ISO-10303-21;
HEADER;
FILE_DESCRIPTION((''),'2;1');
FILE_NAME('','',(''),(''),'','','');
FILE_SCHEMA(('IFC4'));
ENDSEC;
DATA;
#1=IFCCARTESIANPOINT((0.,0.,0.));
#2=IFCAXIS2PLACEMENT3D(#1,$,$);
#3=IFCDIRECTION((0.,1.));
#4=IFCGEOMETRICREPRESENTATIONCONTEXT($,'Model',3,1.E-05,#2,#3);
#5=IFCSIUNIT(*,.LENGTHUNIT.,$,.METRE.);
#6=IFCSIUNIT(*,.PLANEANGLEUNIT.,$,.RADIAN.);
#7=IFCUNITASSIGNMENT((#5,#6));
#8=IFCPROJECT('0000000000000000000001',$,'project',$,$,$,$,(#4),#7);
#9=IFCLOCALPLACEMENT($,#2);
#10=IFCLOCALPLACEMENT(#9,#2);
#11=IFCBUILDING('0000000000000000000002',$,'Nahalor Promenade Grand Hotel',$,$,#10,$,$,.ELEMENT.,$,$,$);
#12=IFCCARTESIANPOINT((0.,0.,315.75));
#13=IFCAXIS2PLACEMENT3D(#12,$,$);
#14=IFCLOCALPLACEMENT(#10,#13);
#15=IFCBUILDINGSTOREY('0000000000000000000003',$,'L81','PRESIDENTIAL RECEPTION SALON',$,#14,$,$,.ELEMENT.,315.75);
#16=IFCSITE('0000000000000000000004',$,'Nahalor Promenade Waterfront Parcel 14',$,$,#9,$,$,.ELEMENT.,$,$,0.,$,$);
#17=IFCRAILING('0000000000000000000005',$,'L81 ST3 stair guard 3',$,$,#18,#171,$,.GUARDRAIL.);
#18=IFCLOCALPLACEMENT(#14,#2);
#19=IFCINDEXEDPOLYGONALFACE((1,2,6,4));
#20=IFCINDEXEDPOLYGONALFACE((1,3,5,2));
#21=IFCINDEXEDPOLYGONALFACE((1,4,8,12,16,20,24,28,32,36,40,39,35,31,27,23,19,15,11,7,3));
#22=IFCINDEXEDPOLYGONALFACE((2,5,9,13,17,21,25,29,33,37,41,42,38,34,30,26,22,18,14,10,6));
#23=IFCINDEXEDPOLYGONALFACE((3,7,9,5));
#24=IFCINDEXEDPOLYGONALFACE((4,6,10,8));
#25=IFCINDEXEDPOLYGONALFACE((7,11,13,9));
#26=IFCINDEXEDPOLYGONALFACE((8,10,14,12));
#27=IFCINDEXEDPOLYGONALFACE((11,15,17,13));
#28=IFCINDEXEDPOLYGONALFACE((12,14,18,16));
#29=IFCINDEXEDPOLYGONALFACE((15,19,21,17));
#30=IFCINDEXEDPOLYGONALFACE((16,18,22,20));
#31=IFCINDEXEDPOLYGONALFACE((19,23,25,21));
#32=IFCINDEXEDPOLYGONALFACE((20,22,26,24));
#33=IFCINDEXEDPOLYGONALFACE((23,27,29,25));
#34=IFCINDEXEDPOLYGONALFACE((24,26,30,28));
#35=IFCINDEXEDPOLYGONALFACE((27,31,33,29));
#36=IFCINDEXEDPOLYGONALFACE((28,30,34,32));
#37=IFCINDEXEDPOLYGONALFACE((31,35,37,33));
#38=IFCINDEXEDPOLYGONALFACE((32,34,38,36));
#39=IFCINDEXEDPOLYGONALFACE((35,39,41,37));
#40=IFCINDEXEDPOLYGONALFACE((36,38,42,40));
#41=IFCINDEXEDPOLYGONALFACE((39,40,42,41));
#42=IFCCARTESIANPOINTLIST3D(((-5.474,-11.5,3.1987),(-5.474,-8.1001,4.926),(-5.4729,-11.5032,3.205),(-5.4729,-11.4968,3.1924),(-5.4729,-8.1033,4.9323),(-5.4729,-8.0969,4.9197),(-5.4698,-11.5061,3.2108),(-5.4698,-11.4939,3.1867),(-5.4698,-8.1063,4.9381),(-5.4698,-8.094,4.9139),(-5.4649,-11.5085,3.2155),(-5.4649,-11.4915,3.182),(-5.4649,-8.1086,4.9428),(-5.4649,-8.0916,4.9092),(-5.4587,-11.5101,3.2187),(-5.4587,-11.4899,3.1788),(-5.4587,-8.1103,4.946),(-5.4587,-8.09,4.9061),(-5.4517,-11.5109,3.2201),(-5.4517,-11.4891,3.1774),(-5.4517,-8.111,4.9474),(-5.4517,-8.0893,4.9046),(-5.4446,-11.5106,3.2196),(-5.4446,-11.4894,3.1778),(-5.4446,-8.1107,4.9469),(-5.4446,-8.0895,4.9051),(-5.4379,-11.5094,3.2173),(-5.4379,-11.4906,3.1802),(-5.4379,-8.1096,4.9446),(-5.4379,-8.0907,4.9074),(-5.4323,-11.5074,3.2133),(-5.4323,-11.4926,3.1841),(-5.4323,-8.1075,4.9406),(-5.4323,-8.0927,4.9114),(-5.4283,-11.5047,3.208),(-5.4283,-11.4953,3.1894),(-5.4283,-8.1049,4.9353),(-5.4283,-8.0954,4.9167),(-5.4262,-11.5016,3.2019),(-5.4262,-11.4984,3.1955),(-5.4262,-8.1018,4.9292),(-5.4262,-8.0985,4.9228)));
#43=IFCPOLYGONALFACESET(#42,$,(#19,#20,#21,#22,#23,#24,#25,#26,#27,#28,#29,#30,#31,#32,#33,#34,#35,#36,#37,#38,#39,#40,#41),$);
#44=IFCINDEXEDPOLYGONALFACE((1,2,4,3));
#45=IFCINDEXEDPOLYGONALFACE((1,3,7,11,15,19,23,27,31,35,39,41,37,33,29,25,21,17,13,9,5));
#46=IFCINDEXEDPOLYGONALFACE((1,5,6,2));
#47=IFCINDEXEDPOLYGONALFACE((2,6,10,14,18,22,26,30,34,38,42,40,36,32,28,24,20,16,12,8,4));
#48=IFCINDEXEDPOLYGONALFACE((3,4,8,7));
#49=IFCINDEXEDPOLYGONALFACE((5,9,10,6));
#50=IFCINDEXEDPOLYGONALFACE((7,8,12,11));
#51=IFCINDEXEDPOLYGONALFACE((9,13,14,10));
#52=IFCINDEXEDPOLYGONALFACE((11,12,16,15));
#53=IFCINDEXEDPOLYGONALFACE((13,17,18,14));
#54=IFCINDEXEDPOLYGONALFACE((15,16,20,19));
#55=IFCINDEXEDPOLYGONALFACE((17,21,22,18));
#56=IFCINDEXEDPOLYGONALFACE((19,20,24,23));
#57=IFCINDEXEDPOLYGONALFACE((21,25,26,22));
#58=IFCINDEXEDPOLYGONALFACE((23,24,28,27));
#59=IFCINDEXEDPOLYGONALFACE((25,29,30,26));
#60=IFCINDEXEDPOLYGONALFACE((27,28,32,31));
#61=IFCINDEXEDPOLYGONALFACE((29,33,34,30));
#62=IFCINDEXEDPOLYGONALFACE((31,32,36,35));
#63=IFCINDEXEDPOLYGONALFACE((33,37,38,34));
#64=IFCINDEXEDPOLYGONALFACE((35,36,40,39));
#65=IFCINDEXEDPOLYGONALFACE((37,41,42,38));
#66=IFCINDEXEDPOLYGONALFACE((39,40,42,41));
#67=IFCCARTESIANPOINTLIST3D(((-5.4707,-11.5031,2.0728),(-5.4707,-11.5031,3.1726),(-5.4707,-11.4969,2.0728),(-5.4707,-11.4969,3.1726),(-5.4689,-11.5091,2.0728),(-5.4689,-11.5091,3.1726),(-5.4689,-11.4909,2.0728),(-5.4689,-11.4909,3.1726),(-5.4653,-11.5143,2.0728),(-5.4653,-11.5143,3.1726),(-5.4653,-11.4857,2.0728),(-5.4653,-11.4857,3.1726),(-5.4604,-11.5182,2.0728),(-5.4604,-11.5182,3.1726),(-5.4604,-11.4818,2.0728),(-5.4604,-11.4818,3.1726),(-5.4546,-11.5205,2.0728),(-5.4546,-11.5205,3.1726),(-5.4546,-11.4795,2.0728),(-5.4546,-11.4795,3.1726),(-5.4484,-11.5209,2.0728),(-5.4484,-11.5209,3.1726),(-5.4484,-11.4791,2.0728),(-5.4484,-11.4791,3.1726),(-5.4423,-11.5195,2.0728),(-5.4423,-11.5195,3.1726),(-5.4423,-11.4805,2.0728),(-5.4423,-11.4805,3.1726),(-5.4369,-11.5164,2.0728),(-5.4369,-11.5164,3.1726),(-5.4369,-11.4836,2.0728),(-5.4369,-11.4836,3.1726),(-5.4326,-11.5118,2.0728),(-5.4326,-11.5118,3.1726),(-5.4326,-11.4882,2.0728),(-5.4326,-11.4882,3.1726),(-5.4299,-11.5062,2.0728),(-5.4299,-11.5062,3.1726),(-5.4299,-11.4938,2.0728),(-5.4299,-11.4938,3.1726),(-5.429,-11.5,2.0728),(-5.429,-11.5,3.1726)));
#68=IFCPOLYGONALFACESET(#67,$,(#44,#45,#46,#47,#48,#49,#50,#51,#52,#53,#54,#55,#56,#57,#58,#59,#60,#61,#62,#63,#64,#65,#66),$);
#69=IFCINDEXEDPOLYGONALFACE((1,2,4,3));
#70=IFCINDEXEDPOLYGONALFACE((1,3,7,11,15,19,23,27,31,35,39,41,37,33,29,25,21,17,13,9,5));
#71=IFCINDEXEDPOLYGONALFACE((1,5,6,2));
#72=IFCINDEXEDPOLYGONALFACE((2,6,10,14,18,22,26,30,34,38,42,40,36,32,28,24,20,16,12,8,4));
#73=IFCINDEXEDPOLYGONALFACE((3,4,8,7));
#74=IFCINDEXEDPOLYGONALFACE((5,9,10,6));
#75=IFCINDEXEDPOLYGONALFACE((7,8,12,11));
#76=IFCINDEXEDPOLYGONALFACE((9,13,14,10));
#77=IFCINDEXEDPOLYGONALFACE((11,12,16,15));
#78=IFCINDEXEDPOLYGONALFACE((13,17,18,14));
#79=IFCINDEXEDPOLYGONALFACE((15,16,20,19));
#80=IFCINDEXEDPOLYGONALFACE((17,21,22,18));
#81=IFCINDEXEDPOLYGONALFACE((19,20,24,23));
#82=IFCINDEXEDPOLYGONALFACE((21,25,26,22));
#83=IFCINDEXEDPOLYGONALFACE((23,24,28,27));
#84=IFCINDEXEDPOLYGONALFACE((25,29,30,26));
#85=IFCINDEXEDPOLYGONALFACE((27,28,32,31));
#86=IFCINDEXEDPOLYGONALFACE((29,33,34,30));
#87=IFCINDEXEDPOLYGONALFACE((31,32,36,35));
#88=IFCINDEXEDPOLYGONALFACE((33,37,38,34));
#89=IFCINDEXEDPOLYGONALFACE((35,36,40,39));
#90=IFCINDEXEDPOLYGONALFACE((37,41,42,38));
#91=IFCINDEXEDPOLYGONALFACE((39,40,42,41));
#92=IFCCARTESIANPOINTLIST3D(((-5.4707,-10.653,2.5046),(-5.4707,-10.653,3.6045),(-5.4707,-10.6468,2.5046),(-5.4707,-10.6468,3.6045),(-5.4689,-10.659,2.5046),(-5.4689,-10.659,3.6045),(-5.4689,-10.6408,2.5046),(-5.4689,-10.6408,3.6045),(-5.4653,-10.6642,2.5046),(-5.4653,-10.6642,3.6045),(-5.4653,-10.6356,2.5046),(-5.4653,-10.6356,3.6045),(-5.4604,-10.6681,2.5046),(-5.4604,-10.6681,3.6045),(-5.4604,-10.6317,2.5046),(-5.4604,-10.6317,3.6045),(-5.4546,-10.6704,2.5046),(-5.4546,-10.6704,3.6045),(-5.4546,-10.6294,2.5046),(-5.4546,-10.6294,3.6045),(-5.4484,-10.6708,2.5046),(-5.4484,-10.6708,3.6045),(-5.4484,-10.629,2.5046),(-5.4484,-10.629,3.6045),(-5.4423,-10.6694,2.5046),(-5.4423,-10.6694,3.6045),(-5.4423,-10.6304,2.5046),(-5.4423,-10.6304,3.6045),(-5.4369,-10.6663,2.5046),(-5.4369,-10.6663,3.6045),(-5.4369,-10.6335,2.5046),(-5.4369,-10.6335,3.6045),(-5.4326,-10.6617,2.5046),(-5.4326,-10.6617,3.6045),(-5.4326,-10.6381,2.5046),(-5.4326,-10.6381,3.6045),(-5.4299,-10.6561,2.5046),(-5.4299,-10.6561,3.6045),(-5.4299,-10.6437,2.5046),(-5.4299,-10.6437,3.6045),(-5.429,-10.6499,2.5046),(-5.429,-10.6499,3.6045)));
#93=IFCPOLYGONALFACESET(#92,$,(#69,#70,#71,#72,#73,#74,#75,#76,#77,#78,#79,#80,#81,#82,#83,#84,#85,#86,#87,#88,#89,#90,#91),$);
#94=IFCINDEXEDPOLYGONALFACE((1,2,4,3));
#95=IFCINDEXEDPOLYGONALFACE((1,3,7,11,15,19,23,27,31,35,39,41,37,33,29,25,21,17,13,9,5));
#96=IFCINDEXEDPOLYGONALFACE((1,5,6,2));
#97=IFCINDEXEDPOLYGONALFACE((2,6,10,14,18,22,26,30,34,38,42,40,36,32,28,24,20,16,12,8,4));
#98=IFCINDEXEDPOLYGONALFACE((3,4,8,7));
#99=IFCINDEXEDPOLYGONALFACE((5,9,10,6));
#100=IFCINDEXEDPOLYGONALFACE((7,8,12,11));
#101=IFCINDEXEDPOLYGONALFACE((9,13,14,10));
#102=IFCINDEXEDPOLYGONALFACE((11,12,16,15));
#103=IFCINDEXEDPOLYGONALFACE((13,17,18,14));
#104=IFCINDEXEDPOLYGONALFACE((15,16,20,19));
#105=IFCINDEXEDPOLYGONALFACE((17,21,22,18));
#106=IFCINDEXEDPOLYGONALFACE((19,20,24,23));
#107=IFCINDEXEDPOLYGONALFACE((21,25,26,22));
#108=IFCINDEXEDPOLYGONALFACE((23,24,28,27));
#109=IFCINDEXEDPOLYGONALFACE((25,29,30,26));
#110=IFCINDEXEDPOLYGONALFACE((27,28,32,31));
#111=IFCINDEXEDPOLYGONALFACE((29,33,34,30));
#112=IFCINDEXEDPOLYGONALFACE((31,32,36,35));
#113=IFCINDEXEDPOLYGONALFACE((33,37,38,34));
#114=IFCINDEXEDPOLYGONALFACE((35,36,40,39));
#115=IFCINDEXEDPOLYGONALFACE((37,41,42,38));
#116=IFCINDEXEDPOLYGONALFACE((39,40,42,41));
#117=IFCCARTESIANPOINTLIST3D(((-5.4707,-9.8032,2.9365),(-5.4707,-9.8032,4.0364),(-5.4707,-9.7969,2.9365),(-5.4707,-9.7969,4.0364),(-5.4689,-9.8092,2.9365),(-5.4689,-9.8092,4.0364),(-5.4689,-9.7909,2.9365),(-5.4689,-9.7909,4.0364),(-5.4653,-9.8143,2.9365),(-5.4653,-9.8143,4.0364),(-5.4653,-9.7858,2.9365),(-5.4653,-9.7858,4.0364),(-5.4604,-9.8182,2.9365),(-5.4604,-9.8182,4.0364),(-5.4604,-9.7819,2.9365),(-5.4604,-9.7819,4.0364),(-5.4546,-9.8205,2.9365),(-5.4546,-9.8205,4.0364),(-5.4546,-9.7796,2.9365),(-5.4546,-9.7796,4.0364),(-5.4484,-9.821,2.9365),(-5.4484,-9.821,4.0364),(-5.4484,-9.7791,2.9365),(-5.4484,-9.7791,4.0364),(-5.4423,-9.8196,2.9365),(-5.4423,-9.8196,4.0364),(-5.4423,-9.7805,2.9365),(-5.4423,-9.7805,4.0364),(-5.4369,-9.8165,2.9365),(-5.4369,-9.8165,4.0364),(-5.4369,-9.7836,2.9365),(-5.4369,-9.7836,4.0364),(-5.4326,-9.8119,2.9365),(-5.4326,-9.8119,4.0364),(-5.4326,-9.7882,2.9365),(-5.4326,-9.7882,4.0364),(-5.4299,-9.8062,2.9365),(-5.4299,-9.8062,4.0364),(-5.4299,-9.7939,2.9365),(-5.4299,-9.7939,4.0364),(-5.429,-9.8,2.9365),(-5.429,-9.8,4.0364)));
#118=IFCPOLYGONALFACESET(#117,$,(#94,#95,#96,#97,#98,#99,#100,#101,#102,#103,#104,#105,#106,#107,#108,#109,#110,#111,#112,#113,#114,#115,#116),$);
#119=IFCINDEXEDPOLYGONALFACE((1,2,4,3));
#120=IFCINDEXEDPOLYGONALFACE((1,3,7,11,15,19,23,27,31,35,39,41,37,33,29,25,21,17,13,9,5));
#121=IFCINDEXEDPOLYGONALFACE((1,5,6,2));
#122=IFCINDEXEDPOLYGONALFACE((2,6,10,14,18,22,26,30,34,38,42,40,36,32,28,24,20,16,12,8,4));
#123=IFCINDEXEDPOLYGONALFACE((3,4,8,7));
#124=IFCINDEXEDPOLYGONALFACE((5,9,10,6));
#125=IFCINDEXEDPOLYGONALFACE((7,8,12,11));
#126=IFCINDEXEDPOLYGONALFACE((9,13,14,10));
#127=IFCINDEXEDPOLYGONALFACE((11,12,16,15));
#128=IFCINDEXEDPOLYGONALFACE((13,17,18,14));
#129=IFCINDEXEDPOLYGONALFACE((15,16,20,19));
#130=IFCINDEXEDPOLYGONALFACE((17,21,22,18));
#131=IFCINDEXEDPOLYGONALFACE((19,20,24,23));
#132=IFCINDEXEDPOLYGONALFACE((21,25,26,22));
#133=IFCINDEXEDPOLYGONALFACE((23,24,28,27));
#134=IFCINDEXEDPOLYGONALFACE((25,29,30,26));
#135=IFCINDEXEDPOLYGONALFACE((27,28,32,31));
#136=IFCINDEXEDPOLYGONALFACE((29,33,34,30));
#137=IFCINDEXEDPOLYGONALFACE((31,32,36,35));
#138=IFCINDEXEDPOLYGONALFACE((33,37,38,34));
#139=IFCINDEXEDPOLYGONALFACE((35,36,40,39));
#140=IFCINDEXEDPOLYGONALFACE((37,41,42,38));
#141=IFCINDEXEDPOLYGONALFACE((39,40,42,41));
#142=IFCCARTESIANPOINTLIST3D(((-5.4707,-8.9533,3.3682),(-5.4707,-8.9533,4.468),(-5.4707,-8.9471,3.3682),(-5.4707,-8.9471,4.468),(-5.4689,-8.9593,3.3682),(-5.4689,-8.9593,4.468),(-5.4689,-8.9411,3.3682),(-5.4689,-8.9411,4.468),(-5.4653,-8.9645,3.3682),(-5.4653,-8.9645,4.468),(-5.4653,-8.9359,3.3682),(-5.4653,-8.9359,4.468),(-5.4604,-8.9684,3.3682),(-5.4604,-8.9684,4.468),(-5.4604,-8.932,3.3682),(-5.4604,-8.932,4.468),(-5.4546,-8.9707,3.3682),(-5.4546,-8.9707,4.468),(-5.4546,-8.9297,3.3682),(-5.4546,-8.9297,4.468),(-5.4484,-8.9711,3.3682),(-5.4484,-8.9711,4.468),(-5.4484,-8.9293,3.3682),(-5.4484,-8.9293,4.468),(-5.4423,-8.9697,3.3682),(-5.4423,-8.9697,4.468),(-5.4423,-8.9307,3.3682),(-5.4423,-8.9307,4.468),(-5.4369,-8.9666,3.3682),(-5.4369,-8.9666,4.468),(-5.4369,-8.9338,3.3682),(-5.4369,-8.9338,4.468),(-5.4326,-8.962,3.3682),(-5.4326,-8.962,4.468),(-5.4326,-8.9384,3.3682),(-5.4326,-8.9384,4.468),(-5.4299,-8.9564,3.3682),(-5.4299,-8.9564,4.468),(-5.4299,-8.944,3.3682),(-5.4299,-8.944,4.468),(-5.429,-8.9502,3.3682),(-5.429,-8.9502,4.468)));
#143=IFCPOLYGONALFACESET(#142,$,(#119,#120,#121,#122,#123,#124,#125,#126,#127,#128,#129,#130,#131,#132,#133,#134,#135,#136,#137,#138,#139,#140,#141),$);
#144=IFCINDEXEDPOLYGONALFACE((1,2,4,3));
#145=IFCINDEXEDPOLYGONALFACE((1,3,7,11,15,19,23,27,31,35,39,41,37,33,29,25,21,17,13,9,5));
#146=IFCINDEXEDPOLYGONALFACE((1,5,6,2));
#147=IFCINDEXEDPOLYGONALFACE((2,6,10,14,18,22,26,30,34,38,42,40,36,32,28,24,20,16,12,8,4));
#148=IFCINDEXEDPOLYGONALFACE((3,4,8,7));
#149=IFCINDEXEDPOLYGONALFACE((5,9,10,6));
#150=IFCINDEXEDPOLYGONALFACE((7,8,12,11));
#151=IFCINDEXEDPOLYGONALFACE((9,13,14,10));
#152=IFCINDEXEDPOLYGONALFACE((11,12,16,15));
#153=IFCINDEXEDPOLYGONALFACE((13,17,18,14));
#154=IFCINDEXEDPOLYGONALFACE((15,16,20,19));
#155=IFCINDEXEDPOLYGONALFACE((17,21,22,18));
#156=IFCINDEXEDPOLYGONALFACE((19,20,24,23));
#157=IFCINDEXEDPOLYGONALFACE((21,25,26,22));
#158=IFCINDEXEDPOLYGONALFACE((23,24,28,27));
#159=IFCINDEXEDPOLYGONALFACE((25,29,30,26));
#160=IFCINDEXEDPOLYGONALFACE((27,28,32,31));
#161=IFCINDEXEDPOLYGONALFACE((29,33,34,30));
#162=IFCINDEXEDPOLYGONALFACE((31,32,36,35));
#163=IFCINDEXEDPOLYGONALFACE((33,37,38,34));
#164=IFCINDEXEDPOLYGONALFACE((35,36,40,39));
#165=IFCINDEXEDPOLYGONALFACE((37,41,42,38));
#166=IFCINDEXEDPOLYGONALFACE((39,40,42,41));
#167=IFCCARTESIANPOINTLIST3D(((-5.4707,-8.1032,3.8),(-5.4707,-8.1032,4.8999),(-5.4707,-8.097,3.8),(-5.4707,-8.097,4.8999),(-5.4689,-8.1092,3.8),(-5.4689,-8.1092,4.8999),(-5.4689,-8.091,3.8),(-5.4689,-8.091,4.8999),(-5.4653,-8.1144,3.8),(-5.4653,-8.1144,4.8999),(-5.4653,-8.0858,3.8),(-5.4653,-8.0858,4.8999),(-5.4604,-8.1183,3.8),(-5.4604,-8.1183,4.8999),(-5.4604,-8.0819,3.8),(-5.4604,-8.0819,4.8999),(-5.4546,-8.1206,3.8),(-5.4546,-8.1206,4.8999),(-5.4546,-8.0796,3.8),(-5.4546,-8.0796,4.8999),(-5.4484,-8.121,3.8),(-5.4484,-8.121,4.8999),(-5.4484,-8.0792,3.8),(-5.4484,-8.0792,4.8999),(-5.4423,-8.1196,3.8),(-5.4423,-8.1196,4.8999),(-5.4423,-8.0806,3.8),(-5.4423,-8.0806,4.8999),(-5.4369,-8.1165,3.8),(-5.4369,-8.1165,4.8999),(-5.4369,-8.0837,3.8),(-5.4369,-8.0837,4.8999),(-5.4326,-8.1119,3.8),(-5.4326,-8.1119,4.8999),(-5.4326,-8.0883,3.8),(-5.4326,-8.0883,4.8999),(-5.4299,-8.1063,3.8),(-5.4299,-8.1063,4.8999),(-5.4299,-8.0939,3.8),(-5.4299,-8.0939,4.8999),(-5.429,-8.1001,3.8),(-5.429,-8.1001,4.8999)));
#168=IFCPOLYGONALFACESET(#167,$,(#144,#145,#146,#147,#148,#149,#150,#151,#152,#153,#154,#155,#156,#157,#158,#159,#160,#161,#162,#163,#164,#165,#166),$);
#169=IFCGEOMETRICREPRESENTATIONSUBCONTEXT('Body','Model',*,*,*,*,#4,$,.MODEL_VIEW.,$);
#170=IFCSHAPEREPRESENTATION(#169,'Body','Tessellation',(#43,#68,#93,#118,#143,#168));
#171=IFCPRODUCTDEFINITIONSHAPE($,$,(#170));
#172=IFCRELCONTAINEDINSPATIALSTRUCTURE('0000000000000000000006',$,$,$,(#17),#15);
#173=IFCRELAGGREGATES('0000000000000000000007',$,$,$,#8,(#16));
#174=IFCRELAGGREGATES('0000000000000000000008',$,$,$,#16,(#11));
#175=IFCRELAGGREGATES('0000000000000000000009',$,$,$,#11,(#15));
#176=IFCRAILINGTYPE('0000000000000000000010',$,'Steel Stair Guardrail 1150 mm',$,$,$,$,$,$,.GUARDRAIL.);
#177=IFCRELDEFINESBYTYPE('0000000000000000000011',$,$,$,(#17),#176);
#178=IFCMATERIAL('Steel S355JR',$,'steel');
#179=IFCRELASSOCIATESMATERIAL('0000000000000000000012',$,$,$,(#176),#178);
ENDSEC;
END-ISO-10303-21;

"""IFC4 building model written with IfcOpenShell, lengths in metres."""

from ifc_helpers import new_model, si_unit, direction, frame, origin, origin_2d, place, context, subcontext, project, spatial, circle, extrude, material, type_object, element, save


model = new_model("IFC4")

# Units and contexts
model_context = context("Model", 3, precision=1e-05, world=origin(), true_north=direction((0.0, 1.0)))
body_context = subcontext(model_context, "Body", "Model", "MODEL_VIEW")
ifc_project = project(units=[si_unit("LENGTHUNIT", "METRE"), si_unit("PLANEANGLEUNIT", "RADIAN")], contexts=[model_context])

# Site, building, storey
site_placement = place(None, origin())
site = spatial("IfcSite", under=ifc_project, at=site_placement, Name="Nahalor Promenade Waterfront Parcel 14", CompositionType="ELEMENT", RefElevation=0.0)
building_placement = place(site_placement, origin())
building = spatial("IfcBuilding", under=site, at=building_placement, Name="Nahalor Promenade Grand Hotel", CompositionType="ELEMENT")
storey_placement = place(building_placement, frame((0.0, 0.0, 315.75)))
storey = spatial("IfcBuildingStorey", under=building, at=storey_placement, Name="L81", Description="PRESIDENTIAL RECEPTION SALON", CompositionType="ELEMENT", Elevation=315.75)

# Shared definitions
ifc_material_1 = material(Name="Steel S355JR", Category="steel")

# Railing
railing_type_1 = type_object("IfcRailingType", Name="Steel Stair Guardrail 1150 mm", PredefinedType="GUARDRAIL", material=ifc_material_1)
railing_1_placement = place(storey_placement, frame((-5.45, -11.5, 2.0728)))
element("IfcRailing", 1, at=railing_1_placement, inside=storey, type_object=railing_type_1, Name="L81 ST3 stair guard 3", PredefinedType="GUARDRAIL", context=body_context, shape_type="SweptSolid", body=[
    extrude(circle(Radius=0.024, at=origin_2d()), frame((0.0, 0.0, 1.126), z_axis=(0.0, 0.891541, 0.452941), x_axis=(-1.0, 0.0, 0.0)), (0.0, 0.0, 1.0), 3.8135),
    extrude(circle(Radius=0.021, at=origin_2d()), origin(), (0.0, 0.0, 1.0), 1.0999),
    extrude(circle(Radius=0.021, at=origin_2d()), frame((0.0, 0.8501, 0.4319)), (0.0, 0.0, 1.0), 1.0999),
    extrude(circle(Radius=0.021, at=origin_2d()), frame((0.0, 1.7, 0.8638)), (0.0, 0.0, 1.0), 1.0999),
    extrude(circle(Radius=0.021, at=origin_2d()), frame((0.0, 2.5498, 1.2954)), (0.0, 0.0, 1.0), 1.0999),
    extrude(circle(Radius=0.021, at=origin_2d()), frame((0.0, 3.3999, 1.7273)), (0.0, 0.0, 1.0), 1.0999),
])

save(model, "model.ifc")
